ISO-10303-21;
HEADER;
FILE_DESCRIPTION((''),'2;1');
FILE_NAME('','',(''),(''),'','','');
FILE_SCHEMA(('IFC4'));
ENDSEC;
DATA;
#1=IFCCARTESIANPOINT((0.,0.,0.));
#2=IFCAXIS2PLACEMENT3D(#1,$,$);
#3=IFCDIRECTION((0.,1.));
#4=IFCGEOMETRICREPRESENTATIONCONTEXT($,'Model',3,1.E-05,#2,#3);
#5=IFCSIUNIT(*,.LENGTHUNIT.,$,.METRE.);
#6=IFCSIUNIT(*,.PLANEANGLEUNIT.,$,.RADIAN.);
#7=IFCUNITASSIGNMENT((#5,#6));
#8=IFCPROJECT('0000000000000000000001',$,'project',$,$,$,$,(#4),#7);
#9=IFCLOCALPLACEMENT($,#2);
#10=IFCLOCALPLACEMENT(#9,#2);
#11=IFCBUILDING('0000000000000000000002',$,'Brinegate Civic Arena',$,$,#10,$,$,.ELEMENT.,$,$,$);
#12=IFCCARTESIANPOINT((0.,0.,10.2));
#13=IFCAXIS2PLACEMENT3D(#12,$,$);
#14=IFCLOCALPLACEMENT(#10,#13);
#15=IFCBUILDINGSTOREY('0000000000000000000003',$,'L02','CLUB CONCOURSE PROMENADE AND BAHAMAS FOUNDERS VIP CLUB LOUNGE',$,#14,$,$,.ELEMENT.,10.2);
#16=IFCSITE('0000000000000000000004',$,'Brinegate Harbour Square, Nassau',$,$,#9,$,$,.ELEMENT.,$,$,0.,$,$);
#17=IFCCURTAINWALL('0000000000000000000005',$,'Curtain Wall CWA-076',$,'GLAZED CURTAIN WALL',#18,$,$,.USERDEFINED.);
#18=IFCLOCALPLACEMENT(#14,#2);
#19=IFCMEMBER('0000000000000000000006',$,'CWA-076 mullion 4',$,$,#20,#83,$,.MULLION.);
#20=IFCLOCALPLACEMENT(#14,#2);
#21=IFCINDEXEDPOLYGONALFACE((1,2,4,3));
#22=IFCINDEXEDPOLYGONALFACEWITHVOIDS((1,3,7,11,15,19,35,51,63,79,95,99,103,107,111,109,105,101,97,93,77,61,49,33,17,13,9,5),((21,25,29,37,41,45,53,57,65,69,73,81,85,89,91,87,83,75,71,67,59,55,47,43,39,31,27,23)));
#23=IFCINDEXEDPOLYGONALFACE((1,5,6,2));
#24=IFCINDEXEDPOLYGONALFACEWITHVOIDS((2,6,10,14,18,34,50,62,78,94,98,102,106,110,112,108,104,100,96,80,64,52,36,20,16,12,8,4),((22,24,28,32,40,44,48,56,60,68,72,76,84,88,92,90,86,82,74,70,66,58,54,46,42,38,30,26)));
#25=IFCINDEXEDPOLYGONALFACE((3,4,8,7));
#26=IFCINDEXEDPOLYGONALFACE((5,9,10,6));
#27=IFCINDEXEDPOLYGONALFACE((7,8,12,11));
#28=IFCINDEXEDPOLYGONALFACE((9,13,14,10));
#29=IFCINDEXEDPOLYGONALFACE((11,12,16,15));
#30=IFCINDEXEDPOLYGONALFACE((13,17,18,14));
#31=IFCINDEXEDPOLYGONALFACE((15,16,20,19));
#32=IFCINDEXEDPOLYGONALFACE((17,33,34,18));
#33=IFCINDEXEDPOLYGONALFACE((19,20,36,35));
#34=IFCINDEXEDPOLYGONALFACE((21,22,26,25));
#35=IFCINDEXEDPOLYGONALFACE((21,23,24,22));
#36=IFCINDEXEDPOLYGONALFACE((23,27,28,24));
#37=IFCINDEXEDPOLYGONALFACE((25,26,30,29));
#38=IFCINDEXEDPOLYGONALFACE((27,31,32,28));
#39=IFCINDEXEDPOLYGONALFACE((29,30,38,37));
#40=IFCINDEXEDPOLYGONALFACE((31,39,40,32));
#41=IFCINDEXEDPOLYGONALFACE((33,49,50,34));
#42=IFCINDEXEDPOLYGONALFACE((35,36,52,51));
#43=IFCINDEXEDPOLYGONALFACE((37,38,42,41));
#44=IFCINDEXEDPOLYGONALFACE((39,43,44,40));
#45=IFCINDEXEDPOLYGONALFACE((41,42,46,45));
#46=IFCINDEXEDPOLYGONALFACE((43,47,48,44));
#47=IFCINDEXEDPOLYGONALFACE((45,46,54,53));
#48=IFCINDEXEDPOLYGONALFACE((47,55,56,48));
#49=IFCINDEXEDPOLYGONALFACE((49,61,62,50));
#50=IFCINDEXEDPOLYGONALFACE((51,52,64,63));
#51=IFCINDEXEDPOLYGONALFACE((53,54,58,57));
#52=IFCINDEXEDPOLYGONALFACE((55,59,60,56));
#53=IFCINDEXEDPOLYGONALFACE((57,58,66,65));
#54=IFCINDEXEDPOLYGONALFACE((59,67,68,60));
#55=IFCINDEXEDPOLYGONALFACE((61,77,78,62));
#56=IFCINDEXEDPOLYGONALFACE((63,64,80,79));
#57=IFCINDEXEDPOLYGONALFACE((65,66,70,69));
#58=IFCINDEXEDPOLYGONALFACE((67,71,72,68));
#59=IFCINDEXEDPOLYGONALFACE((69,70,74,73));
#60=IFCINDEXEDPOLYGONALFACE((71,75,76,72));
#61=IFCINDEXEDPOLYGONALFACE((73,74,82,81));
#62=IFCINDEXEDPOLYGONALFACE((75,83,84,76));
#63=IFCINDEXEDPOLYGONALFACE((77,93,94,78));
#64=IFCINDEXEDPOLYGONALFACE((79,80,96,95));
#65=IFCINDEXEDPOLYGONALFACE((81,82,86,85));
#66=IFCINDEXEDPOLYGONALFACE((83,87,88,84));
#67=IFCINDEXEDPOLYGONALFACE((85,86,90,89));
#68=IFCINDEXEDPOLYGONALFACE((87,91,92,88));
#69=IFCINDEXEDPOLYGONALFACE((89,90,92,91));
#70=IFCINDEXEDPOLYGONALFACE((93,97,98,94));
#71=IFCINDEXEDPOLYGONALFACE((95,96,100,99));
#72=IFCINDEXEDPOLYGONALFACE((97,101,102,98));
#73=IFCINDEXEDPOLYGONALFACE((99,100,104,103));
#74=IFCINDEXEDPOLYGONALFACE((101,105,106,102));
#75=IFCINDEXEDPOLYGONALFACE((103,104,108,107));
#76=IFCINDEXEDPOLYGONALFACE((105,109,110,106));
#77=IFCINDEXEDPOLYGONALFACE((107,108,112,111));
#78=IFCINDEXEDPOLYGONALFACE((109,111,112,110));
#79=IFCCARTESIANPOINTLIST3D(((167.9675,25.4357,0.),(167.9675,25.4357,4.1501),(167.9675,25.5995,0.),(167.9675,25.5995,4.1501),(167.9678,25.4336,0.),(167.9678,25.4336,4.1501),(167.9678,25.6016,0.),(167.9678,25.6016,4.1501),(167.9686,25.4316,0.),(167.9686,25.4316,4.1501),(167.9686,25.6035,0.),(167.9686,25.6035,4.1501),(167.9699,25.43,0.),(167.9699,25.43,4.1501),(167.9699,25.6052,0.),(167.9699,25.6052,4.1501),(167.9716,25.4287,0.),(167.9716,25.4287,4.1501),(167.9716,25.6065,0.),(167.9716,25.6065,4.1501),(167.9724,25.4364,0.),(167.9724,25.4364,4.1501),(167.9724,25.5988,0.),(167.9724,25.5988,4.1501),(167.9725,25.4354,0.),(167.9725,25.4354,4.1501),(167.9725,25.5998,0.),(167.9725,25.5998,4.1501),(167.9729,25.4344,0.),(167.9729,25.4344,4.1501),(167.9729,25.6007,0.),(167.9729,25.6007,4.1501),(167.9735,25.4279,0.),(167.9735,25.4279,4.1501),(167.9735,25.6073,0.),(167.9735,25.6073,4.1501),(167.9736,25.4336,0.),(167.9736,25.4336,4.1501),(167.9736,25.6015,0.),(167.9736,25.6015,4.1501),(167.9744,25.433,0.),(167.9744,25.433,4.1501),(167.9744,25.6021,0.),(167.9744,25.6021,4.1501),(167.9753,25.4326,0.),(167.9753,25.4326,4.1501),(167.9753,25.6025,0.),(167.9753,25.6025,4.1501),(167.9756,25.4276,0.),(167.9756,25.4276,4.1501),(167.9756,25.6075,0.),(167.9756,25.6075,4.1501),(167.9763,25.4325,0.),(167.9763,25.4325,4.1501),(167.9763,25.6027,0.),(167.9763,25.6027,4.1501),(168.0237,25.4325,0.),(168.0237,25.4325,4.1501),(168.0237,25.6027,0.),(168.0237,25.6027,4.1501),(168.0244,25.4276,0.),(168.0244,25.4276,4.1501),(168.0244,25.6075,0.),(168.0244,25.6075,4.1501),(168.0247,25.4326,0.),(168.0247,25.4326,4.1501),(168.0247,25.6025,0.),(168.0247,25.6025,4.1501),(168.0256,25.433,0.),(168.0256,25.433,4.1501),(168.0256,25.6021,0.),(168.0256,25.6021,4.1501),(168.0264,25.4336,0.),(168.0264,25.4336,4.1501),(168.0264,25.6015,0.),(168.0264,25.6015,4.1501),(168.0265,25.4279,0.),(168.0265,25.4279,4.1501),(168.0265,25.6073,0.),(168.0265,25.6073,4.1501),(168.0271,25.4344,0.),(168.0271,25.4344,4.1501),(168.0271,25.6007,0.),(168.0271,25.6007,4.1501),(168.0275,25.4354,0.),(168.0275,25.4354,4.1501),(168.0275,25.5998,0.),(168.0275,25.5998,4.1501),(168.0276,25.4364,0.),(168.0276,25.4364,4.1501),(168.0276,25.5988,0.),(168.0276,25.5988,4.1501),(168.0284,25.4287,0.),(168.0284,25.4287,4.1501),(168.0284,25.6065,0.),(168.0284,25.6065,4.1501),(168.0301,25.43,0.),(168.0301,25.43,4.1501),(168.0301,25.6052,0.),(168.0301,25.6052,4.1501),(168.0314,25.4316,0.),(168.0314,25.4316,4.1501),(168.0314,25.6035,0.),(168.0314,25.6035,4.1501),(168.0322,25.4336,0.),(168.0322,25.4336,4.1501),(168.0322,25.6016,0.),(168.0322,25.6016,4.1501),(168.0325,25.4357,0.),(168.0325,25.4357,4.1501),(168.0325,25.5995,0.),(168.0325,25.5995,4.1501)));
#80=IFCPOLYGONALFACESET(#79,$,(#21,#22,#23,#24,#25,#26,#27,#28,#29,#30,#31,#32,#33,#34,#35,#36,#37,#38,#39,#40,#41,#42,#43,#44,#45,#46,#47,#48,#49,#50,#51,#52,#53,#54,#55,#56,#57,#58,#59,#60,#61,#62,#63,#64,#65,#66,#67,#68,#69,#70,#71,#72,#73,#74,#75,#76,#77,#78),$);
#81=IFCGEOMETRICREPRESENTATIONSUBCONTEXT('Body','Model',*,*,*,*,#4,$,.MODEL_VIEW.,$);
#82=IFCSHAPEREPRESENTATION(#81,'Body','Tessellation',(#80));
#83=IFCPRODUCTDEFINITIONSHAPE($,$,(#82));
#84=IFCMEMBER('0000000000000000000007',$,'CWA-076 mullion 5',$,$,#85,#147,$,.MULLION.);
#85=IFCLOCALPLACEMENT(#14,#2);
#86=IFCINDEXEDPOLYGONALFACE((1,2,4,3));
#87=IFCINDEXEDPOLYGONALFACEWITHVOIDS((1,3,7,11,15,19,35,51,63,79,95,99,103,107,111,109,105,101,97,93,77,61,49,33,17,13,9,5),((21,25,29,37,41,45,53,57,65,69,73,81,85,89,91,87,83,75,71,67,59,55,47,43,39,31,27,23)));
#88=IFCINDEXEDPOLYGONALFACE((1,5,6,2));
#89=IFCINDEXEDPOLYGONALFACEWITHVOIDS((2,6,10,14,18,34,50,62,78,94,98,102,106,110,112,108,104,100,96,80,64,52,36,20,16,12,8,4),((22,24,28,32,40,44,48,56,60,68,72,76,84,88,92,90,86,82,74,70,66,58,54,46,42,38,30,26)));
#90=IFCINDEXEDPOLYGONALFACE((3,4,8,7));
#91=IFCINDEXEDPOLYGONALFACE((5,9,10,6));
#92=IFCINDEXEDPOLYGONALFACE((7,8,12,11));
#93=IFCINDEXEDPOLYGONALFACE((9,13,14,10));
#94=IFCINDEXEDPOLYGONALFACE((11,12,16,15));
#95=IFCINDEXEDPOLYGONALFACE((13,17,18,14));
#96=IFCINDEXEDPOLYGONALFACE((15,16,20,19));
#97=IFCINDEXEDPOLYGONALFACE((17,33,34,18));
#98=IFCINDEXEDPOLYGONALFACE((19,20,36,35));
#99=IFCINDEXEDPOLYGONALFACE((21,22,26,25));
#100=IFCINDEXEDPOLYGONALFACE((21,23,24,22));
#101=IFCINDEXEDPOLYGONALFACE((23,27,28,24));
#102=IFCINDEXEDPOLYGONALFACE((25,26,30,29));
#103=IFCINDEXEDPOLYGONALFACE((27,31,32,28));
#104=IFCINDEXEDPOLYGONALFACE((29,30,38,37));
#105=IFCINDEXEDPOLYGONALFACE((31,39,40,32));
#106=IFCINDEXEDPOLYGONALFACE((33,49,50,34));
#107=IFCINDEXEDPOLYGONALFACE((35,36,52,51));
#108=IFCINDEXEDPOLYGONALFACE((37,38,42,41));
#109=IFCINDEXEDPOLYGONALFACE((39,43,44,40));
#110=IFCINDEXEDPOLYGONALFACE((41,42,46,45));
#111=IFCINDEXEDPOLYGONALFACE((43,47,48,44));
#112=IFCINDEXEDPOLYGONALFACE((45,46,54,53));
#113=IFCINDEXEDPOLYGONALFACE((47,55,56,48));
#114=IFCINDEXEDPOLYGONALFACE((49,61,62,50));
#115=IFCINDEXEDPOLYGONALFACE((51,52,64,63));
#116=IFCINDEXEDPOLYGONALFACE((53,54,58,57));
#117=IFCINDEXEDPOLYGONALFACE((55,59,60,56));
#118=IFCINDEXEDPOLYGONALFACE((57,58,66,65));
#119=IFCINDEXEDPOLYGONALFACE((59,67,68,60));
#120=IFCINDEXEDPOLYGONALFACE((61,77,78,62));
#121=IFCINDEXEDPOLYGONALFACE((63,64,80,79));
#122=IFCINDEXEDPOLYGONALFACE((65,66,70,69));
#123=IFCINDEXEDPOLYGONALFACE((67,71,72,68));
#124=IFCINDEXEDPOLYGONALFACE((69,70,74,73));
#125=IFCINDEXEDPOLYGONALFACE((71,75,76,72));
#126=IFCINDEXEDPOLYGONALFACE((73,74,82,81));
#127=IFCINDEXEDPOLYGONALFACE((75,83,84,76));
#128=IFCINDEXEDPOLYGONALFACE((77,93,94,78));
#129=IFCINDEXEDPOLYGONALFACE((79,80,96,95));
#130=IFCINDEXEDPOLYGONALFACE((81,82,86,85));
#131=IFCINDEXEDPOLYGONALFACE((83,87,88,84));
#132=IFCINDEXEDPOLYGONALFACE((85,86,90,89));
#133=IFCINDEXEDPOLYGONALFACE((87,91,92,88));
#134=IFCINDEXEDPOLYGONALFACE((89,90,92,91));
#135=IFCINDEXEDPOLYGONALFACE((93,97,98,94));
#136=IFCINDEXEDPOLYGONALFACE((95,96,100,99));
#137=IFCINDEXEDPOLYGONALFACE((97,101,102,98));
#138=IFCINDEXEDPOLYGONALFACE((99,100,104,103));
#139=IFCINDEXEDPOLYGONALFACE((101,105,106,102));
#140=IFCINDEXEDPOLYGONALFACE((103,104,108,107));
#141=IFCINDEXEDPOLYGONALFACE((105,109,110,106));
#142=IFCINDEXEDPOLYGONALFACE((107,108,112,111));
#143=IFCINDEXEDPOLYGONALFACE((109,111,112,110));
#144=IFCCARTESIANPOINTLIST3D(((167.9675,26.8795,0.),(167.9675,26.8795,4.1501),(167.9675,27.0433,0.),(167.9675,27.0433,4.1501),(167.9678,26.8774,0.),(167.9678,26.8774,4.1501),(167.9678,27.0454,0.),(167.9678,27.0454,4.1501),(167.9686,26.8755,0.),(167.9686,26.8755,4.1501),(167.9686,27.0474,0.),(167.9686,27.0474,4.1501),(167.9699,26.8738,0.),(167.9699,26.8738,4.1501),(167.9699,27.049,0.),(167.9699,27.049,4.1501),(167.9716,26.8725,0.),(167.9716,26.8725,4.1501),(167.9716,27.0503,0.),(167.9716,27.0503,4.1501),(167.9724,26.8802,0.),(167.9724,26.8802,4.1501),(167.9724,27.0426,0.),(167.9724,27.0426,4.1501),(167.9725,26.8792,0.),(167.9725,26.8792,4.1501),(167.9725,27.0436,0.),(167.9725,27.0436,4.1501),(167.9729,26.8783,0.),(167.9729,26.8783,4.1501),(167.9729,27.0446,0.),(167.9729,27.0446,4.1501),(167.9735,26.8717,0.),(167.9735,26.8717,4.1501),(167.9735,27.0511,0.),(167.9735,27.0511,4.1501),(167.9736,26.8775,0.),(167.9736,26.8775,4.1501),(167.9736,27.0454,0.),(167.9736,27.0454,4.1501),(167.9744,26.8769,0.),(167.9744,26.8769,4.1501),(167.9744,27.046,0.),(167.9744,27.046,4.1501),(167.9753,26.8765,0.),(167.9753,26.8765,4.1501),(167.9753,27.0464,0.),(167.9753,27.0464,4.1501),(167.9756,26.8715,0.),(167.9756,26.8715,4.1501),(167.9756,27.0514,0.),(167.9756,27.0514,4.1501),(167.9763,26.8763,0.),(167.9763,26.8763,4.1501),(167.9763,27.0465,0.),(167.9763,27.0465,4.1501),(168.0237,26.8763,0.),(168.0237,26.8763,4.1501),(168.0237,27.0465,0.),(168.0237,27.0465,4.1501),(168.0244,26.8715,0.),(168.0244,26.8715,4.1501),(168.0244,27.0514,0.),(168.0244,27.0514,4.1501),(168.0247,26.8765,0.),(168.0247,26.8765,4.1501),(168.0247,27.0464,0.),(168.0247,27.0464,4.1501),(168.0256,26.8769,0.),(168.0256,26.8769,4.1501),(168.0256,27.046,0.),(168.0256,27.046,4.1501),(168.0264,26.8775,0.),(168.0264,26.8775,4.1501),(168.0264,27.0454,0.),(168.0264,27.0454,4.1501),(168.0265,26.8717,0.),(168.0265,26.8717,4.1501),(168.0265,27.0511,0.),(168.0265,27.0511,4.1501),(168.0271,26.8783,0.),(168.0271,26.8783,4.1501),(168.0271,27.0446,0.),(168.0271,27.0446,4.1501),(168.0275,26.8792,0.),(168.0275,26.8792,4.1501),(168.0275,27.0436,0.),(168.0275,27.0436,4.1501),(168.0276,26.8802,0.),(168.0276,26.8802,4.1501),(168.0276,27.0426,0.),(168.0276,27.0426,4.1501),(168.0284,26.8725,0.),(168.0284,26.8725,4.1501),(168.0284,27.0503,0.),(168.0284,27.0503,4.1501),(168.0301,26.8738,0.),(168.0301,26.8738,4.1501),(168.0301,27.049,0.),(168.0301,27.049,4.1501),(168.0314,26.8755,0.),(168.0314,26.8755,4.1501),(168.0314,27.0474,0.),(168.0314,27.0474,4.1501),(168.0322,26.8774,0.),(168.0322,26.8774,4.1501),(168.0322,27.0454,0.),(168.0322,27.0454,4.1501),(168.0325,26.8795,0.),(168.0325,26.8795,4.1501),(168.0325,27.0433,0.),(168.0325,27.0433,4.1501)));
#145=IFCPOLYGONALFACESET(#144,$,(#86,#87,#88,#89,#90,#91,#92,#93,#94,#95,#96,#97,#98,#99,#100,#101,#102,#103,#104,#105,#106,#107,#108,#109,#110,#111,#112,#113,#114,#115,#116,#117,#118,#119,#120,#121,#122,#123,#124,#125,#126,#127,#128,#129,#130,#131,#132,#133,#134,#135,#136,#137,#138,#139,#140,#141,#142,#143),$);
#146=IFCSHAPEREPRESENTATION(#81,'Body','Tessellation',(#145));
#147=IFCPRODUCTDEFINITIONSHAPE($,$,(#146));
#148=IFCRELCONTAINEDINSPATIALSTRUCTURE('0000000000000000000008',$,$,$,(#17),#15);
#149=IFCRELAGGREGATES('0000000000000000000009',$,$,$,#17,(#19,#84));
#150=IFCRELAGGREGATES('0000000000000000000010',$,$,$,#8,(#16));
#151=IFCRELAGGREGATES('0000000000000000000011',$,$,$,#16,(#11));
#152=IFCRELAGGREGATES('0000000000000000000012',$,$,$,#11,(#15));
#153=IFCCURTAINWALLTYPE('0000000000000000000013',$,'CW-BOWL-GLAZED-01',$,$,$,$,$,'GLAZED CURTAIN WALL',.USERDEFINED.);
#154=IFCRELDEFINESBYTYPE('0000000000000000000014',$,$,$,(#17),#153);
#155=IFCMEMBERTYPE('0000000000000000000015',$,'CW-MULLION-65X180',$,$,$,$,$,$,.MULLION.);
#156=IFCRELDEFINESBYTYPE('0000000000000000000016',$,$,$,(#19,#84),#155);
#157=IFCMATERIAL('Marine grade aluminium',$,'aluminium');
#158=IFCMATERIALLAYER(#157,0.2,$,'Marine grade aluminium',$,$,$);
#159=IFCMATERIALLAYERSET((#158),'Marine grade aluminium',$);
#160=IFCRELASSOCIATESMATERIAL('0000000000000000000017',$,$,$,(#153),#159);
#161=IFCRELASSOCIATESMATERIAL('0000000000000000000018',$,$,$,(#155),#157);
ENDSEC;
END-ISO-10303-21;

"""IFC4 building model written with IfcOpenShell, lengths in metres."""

from ifc_helpers import new_model, si_unit, direction, frame, origin, origin_2d, place, context, subcontext, project, spatial, hollow_rectangle, extrude, material, layer, layer_set, material_profile, profile_set, type_object, element, aggregate, save


model = new_model("IFC4")

# Units and contexts
model_context = context("Model", 3, precision=1e-05, world=origin(), true_north=direction((0.0, 1.0)))
body_context = subcontext(model_context, "Body", "Model", "MODEL_VIEW")
ifc_project = project(units=[si_unit("LENGTHUNIT", "METRE"), si_unit("PLANEANGLEUNIT", "RADIAN")], contexts=[model_context])

# Site, building, storey
site_placement = place(None, origin())
site = spatial("IfcSite", under=ifc_project, at=site_placement, Name="Brinegate Harbour Square, Nassau", CompositionType="ELEMENT", RefElevation=0.0)
building_placement = place(site_placement, origin())
building = spatial("IfcBuilding", under=site, at=building_placement, Name="Brinegate Civic Arena", CompositionType="ELEMENT")
storey_placement = place(building_placement, frame((0.0, 0.0, 10.2)))
storey = spatial("IfcBuildingStorey", under=building, at=storey_placement, Name="L02", Description="CLUB CONCOURSE PROMENADE AND BAHAMAS FOUNDERS VIP CLUB LOUNGE", CompositionType="ELEMENT", Elevation=10.2)

# Curtain wall, members
ifc_material_1 = material(Name="Marine grade aluminium", Category="aluminium")
ifc_layer_1 = layer(ifc_material_1, 0.2, Name="Marine grade aluminium")
ifc_layer_set_1 = layer_set([ifc_layer_1], Name="Marine grade aluminium")
curtain_wall_type = type_object("IfcCurtainWallType", Name="CW-BOWL-GLAZED-01", ElementType="GLAZED CURTAIN WALL", PredefinedType="USERDEFINED", material=ifc_layer_set_1)
curtain_wall_placement = place(storey_placement, origin())
curtain_wall = element("IfcCurtainWall", 1, at=curtain_wall_placement, inside=storey, type_object=curtain_wall_type, Name="Curtain Wall CWA-076", ObjectType="GLAZED CURTAIN WALL", PredefinedType="USERDEFINED")
ifc_material_profile_1 = material_profile(ifc_material_1, hollow_rectangle(XDim=0.0649, YDim=0.1799, WallThickness=0.0049, InnerFilletRadius=0.0039, OuterFilletRadius=0.0081, at=origin_2d()), Name="MUL65X180")
ifc_profile_set_1 = profile_set([ifc_material_profile_1], Name="Marine grade aluminium")
member_type_1 = type_object("IfcMemberType", Name="CW-MULLION-65X180", PredefinedType="MULLION", material=ifc_profile_set_1)
member_1_placement = place(storey_placement, frame((168.0, 25.5176, 0.0), z_axis=(0.0, 0.0, 1.0), x_axis=(-1.0, 0.0, 0.0)))
member_1 = element("IfcMember", 2, at=member_1_placement, type_object=member_type_1, Name="CWA-076 mullion 4", PredefinedType="MULLION", context=body_context, shape_type="SweptSolid", body=[
    extrude(hollow_rectangle(XDim=0.0649, YDim=0.1799, WallThickness=0.0049, InnerFilletRadius=0.0039, OuterFilletRadius=0.0081, at=origin_2d()), origin(), (0.0, 0.0, 1.0), 4.1501),
])
member_2_placement = place(storey_placement, frame((168.0, 26.9614, 0.0), z_axis=(0.0, 0.0, 1.0), x_axis=(-1.0, 0.0, 0.0)))
member_2 = element("IfcMember", 3, at=member_2_placement, type_object=member_type_1, Name="CWA-076 mullion 5", PredefinedType="MULLION", context=body_context, shape_type="SweptSolid", body=[
    extrude(hollow_rectangle(XDim=0.0649, YDim=0.1799, WallThickness=0.0049, InnerFilletRadius=0.0039, OuterFilletRadius=0.0081, at=origin_2d()), origin(), (0.0, 0.0, 1.0), 4.1501),
])

aggregate(curtain_wall, [member_1, member_2])

save(model, "model.ifc")
